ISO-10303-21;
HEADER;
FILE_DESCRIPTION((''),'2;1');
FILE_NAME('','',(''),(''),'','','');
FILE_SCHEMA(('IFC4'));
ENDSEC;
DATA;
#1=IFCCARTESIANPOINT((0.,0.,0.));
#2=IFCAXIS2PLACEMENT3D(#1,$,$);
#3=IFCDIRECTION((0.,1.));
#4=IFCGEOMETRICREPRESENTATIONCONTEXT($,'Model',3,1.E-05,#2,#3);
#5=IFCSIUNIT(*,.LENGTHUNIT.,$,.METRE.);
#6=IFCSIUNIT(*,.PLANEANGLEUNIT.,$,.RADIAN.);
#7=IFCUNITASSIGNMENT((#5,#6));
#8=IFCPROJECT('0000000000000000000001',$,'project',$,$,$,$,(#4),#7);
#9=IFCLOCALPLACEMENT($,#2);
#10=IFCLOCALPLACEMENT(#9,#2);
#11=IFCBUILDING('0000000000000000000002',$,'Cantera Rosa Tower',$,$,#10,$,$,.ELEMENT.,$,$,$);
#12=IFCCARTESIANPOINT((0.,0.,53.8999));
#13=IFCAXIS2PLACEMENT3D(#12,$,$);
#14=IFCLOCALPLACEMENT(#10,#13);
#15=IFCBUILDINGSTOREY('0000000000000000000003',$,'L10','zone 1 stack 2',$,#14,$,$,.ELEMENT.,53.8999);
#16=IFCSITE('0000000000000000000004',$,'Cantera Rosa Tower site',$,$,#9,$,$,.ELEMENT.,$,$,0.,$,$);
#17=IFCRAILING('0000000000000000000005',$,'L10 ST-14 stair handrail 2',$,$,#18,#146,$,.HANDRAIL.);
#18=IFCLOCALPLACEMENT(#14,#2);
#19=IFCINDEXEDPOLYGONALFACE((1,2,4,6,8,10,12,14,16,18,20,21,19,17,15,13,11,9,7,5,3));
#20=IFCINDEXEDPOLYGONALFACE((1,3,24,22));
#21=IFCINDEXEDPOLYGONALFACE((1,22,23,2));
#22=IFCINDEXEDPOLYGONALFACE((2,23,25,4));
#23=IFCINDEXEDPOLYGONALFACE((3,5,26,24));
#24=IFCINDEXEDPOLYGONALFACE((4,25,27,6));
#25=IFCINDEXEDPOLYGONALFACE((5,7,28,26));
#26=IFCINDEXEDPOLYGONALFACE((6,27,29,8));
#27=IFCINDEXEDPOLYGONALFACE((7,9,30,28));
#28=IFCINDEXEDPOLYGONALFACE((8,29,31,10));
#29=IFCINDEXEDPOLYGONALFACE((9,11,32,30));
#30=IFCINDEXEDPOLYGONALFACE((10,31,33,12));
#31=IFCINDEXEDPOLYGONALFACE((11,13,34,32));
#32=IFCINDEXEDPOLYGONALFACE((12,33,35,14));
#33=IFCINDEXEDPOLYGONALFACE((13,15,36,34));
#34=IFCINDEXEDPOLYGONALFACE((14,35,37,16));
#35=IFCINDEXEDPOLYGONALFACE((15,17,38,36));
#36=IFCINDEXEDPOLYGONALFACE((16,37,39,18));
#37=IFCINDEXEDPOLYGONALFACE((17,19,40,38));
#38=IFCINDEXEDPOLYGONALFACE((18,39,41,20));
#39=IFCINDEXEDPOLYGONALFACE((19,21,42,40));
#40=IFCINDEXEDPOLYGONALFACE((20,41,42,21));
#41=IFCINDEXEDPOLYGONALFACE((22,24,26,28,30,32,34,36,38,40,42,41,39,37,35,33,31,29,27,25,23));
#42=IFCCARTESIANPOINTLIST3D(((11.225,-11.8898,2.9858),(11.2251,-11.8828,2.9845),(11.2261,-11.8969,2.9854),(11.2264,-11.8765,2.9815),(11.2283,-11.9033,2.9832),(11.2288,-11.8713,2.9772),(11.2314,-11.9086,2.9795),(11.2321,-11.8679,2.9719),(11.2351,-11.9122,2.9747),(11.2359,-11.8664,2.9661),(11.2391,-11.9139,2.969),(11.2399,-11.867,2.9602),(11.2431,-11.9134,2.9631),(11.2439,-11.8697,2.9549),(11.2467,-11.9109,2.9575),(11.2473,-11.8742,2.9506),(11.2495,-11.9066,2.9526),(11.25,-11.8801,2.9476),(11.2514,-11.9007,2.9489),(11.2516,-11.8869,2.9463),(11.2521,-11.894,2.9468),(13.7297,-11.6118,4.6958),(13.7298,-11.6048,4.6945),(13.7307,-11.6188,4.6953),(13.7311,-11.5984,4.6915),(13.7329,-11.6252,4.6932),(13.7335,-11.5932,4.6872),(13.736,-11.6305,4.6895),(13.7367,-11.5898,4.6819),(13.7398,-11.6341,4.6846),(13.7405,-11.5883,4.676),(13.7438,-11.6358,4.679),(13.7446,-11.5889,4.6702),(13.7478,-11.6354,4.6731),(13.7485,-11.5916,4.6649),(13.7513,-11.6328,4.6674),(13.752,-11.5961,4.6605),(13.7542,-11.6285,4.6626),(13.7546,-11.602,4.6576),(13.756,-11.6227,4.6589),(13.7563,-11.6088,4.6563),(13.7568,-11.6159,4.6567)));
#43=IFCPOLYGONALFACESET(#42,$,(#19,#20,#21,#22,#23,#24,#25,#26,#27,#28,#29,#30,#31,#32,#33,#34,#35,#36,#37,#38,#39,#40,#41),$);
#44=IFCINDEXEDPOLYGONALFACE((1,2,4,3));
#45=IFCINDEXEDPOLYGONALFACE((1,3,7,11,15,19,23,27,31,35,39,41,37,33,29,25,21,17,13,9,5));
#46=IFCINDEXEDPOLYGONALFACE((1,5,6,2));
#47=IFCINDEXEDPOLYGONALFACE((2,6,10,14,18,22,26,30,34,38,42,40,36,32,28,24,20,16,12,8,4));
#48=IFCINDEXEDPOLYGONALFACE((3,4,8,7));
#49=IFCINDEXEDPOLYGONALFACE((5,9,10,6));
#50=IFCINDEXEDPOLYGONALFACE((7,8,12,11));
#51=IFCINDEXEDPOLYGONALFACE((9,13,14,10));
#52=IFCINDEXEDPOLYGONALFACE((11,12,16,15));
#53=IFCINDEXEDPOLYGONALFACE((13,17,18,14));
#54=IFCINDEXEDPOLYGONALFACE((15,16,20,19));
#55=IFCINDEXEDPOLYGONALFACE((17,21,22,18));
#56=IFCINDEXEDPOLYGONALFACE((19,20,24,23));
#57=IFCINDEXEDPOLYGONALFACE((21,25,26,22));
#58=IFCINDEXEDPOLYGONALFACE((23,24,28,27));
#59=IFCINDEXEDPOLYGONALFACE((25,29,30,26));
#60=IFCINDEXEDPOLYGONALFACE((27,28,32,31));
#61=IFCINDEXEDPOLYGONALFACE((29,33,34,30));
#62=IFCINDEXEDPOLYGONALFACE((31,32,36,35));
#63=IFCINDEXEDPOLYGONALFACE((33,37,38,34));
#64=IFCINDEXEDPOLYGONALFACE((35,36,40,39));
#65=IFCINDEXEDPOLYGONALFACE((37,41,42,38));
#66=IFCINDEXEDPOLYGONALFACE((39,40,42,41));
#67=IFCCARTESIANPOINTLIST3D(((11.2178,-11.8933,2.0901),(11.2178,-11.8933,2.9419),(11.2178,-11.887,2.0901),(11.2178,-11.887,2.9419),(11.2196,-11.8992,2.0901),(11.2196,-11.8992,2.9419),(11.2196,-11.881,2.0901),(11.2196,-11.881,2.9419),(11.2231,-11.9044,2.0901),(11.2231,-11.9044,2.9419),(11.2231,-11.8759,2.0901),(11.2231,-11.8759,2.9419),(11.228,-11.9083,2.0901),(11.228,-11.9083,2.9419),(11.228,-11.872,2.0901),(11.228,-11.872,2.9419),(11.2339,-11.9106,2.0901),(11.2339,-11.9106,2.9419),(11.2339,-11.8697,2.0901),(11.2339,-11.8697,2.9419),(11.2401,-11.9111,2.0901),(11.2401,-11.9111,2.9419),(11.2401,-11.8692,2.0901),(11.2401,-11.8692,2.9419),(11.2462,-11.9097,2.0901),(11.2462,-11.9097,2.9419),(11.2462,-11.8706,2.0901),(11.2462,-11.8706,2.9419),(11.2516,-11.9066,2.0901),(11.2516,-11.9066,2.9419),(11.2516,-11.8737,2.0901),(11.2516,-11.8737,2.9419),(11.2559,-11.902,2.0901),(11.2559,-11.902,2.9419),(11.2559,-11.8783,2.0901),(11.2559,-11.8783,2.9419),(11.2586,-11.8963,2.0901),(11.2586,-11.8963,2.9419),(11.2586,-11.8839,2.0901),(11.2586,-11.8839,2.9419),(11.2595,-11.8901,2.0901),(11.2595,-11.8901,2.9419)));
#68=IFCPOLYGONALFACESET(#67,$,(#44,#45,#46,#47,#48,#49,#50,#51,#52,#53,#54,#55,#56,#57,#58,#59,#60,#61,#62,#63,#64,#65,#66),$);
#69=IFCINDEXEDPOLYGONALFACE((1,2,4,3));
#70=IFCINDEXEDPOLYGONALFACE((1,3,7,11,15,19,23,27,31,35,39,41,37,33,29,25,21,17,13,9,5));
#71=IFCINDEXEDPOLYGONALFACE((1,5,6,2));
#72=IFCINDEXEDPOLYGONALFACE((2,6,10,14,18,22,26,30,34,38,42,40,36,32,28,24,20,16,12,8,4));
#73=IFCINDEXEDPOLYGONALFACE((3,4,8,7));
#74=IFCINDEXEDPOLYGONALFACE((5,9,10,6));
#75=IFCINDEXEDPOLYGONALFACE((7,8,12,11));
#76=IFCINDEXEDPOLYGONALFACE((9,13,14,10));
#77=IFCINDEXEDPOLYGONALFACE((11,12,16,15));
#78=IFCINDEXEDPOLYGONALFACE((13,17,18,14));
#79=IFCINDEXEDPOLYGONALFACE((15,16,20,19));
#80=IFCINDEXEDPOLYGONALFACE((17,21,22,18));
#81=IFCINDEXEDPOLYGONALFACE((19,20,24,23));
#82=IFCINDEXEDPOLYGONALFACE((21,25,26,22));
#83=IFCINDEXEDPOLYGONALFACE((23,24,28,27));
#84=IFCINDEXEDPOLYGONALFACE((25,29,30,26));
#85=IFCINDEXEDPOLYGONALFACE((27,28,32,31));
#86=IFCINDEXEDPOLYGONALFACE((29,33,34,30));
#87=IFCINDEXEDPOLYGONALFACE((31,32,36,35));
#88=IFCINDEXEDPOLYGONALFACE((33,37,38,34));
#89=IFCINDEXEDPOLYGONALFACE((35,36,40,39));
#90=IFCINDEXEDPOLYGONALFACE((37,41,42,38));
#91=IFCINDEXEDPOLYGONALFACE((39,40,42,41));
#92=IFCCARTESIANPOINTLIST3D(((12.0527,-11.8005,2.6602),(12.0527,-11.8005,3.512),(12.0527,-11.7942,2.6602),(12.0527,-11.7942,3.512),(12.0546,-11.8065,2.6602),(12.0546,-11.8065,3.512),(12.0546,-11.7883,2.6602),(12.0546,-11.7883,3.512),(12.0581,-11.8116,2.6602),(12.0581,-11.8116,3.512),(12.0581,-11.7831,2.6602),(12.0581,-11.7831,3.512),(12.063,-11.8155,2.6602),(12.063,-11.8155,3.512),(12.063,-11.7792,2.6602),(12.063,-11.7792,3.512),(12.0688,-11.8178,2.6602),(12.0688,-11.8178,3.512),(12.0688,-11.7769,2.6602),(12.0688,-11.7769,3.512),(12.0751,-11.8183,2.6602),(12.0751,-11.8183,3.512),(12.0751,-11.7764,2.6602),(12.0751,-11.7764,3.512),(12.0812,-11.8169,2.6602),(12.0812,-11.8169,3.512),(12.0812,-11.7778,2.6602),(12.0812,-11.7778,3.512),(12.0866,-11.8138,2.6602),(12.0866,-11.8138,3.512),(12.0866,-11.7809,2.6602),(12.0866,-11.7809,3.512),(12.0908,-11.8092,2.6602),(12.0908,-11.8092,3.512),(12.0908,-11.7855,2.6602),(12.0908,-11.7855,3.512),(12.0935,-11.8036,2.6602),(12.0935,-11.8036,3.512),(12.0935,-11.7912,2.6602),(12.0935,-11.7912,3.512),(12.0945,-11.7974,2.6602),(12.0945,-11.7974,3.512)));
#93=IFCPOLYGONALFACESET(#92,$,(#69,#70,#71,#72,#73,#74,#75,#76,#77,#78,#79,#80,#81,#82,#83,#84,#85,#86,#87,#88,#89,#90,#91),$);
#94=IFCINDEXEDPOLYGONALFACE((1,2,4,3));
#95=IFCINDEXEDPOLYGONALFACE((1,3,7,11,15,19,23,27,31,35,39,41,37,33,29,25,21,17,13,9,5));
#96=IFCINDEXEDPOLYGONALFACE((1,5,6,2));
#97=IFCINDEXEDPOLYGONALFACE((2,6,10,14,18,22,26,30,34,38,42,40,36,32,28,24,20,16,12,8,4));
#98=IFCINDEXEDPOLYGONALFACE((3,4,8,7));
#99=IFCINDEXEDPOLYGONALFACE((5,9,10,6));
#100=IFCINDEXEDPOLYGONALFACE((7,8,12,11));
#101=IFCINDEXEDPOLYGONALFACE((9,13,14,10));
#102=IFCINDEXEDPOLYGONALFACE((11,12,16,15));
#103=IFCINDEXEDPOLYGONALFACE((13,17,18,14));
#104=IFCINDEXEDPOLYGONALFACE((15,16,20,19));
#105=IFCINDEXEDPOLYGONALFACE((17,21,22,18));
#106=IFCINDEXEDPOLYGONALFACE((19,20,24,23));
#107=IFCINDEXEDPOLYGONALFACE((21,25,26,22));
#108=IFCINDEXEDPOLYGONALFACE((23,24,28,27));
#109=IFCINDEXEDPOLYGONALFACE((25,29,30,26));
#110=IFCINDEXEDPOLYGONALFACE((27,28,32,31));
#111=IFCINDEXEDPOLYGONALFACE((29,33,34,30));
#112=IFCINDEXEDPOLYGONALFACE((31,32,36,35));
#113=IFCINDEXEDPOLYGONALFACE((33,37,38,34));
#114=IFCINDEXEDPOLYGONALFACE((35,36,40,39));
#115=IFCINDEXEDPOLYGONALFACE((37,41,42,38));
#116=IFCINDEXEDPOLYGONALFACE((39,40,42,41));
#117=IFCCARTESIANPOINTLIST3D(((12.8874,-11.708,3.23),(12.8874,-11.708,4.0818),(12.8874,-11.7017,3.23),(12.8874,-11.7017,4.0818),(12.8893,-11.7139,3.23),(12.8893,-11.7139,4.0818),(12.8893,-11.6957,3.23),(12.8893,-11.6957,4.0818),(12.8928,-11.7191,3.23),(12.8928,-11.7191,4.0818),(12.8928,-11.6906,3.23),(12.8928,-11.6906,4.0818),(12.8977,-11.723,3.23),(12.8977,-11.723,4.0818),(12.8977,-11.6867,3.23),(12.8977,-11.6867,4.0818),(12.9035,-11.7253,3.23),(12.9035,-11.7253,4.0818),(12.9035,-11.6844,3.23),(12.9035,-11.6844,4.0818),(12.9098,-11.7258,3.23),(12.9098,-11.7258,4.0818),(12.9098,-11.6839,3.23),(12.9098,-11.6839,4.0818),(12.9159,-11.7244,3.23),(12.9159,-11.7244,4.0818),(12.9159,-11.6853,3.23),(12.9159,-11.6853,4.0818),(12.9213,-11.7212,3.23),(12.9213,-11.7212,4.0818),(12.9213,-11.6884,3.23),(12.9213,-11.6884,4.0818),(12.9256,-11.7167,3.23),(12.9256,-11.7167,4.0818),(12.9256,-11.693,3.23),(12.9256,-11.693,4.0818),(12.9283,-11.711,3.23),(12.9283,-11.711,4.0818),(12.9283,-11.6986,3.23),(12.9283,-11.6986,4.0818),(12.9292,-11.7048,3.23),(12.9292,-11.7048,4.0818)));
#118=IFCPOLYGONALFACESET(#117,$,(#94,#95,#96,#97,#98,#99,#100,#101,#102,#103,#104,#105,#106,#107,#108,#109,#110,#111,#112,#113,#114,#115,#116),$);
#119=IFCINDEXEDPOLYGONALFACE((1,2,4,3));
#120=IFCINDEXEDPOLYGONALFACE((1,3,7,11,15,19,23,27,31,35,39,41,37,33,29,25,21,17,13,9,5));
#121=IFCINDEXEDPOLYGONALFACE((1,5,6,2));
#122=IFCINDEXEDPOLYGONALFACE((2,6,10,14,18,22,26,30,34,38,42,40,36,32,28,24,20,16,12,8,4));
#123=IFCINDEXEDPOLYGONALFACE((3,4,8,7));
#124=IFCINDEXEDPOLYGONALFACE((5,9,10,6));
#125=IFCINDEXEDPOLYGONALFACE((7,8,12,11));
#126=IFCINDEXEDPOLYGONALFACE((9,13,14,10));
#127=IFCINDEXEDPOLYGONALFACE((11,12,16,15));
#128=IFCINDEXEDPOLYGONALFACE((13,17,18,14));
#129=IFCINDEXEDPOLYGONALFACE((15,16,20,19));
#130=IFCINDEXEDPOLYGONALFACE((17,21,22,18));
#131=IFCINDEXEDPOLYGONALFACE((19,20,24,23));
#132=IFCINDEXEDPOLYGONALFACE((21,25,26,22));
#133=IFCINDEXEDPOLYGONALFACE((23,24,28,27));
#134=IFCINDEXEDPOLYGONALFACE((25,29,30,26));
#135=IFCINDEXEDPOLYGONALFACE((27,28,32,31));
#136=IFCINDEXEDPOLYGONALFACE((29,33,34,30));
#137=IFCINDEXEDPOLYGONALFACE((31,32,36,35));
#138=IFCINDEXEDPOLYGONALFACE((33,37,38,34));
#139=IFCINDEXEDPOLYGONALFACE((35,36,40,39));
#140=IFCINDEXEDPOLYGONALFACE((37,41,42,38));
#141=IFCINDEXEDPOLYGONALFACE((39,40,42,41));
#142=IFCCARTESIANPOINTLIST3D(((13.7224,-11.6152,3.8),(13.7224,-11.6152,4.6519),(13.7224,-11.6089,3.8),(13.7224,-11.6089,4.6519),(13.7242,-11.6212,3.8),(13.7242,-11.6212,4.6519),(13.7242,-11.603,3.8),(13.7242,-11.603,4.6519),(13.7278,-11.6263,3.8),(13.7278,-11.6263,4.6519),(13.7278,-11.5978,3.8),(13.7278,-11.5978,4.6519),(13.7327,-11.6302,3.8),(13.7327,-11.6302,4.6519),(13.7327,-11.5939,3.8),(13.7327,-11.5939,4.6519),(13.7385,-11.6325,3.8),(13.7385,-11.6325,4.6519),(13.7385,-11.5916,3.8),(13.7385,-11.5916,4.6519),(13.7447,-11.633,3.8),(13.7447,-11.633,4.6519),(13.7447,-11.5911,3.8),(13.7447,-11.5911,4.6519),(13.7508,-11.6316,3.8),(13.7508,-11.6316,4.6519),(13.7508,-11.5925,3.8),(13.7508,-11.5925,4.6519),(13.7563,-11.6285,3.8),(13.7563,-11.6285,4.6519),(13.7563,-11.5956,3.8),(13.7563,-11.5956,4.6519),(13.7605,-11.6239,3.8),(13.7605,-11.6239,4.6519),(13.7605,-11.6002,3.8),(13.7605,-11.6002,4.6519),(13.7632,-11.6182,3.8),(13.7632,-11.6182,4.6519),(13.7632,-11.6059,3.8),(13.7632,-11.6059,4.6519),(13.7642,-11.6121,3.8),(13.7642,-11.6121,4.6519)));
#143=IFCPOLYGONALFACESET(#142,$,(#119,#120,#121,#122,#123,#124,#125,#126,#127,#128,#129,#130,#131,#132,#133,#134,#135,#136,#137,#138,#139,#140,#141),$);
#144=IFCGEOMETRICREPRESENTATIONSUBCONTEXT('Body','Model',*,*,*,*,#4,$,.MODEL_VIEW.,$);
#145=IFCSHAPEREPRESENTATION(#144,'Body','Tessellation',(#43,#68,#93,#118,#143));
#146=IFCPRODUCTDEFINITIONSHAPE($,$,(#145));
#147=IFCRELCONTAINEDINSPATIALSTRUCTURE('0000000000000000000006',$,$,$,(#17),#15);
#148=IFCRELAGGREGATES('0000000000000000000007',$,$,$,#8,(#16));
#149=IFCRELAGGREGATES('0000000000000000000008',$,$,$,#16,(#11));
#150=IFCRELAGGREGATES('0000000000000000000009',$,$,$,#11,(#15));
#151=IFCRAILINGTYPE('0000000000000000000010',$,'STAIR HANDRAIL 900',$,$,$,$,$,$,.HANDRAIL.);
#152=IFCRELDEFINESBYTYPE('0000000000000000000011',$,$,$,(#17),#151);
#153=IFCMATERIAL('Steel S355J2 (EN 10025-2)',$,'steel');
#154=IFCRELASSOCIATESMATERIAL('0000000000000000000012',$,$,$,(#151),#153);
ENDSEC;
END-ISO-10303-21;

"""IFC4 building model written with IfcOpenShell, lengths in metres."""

from ifc_helpers import new_model, si_unit, direction, frame, origin, origin_2d, place, context, subcontext, project, spatial, circle, extrude, material, type_object, element, save


model = new_model("IFC4")

# Units and contexts
model_context = context("Model", 3, precision=1e-05, world=origin(), true_north=direction((0.0, 1.0)))
body_context = subcontext(model_context, "Body", "Model", "MODEL_VIEW")
ifc_project = project(units=[si_unit("LENGTHUNIT", "METRE"), si_unit("PLANEANGLEUNIT", "RADIAN")], contexts=[model_context])

# Site, building, storey
site_placement = place(None, origin())
site = spatial("IfcSite", under=ifc_project, at=site_placement, Name="Cantera Rosa Tower site", CompositionType="ELEMENT", RefElevation=0.0)
building_placement = place(site_placement, origin())
building = spatial("IfcBuilding", under=site, at=building_placement, Name="Cantera Rosa Tower", CompositionType="ELEMENT")
storey_placement = place(building_placement, frame((0.0, 0.0, 53.8999)))
storey = spatial("IfcBuildingStorey", under=building, at=storey_placement, Name="L10", Description="zone 1 stack 2", CompositionType="ELEMENT", Elevation=53.8999)

# Railing
ifc_material_1 = material(Name="Steel S355J2 (EN 10025-2)", Category="steel")
railing_type = type_object("IfcRailingType", Name="STAIR HANDRAIL 900", PredefinedType="HANDRAIL", material=ifc_material_1)
railing_placement = place(storey_placement, frame((11.2385, -11.8901, 2.0901)))
element("IfcRailing", 1, at=railing_placement, inside=storey, type_object=railing_type, Name="L10 ST-14 stair handrail 2", PredefinedType="HANDRAIL", context=body_context, shape_type="SweptSolid", body=[
    extrude(circle(Radius=0.0239, at=origin_2d()), frame((0.0, 0.0, 0.876), z_axis=(0.822431, 0.09131, 0.561488), x_axis=(-0.110346, 0.993893, 0.0)), (0.0, 0.0, 1.0), 3.0454),
    extrude(circle(Radius=0.021, at=origin_2d()), origin(), (0.0, 0.0, 1.0), 0.8518),
    extrude(circle(Radius=0.021, at=origin_2d()), frame((0.835, 0.0928, 0.5701)), (0.0, 0.0, 1.0), 0.8518),
    extrude(circle(Radius=0.021, at=origin_2d()), frame((1.6697, 0.1853, 1.1399)), (0.0, 0.0, 1.0), 0.8518),
    extrude(circle(Radius=0.021, at=origin_2d()), frame((2.5046, 0.2781, 1.71)), (0.0, 0.0, 1.0), 0.8518),
])

save(model, "model.ifc")
